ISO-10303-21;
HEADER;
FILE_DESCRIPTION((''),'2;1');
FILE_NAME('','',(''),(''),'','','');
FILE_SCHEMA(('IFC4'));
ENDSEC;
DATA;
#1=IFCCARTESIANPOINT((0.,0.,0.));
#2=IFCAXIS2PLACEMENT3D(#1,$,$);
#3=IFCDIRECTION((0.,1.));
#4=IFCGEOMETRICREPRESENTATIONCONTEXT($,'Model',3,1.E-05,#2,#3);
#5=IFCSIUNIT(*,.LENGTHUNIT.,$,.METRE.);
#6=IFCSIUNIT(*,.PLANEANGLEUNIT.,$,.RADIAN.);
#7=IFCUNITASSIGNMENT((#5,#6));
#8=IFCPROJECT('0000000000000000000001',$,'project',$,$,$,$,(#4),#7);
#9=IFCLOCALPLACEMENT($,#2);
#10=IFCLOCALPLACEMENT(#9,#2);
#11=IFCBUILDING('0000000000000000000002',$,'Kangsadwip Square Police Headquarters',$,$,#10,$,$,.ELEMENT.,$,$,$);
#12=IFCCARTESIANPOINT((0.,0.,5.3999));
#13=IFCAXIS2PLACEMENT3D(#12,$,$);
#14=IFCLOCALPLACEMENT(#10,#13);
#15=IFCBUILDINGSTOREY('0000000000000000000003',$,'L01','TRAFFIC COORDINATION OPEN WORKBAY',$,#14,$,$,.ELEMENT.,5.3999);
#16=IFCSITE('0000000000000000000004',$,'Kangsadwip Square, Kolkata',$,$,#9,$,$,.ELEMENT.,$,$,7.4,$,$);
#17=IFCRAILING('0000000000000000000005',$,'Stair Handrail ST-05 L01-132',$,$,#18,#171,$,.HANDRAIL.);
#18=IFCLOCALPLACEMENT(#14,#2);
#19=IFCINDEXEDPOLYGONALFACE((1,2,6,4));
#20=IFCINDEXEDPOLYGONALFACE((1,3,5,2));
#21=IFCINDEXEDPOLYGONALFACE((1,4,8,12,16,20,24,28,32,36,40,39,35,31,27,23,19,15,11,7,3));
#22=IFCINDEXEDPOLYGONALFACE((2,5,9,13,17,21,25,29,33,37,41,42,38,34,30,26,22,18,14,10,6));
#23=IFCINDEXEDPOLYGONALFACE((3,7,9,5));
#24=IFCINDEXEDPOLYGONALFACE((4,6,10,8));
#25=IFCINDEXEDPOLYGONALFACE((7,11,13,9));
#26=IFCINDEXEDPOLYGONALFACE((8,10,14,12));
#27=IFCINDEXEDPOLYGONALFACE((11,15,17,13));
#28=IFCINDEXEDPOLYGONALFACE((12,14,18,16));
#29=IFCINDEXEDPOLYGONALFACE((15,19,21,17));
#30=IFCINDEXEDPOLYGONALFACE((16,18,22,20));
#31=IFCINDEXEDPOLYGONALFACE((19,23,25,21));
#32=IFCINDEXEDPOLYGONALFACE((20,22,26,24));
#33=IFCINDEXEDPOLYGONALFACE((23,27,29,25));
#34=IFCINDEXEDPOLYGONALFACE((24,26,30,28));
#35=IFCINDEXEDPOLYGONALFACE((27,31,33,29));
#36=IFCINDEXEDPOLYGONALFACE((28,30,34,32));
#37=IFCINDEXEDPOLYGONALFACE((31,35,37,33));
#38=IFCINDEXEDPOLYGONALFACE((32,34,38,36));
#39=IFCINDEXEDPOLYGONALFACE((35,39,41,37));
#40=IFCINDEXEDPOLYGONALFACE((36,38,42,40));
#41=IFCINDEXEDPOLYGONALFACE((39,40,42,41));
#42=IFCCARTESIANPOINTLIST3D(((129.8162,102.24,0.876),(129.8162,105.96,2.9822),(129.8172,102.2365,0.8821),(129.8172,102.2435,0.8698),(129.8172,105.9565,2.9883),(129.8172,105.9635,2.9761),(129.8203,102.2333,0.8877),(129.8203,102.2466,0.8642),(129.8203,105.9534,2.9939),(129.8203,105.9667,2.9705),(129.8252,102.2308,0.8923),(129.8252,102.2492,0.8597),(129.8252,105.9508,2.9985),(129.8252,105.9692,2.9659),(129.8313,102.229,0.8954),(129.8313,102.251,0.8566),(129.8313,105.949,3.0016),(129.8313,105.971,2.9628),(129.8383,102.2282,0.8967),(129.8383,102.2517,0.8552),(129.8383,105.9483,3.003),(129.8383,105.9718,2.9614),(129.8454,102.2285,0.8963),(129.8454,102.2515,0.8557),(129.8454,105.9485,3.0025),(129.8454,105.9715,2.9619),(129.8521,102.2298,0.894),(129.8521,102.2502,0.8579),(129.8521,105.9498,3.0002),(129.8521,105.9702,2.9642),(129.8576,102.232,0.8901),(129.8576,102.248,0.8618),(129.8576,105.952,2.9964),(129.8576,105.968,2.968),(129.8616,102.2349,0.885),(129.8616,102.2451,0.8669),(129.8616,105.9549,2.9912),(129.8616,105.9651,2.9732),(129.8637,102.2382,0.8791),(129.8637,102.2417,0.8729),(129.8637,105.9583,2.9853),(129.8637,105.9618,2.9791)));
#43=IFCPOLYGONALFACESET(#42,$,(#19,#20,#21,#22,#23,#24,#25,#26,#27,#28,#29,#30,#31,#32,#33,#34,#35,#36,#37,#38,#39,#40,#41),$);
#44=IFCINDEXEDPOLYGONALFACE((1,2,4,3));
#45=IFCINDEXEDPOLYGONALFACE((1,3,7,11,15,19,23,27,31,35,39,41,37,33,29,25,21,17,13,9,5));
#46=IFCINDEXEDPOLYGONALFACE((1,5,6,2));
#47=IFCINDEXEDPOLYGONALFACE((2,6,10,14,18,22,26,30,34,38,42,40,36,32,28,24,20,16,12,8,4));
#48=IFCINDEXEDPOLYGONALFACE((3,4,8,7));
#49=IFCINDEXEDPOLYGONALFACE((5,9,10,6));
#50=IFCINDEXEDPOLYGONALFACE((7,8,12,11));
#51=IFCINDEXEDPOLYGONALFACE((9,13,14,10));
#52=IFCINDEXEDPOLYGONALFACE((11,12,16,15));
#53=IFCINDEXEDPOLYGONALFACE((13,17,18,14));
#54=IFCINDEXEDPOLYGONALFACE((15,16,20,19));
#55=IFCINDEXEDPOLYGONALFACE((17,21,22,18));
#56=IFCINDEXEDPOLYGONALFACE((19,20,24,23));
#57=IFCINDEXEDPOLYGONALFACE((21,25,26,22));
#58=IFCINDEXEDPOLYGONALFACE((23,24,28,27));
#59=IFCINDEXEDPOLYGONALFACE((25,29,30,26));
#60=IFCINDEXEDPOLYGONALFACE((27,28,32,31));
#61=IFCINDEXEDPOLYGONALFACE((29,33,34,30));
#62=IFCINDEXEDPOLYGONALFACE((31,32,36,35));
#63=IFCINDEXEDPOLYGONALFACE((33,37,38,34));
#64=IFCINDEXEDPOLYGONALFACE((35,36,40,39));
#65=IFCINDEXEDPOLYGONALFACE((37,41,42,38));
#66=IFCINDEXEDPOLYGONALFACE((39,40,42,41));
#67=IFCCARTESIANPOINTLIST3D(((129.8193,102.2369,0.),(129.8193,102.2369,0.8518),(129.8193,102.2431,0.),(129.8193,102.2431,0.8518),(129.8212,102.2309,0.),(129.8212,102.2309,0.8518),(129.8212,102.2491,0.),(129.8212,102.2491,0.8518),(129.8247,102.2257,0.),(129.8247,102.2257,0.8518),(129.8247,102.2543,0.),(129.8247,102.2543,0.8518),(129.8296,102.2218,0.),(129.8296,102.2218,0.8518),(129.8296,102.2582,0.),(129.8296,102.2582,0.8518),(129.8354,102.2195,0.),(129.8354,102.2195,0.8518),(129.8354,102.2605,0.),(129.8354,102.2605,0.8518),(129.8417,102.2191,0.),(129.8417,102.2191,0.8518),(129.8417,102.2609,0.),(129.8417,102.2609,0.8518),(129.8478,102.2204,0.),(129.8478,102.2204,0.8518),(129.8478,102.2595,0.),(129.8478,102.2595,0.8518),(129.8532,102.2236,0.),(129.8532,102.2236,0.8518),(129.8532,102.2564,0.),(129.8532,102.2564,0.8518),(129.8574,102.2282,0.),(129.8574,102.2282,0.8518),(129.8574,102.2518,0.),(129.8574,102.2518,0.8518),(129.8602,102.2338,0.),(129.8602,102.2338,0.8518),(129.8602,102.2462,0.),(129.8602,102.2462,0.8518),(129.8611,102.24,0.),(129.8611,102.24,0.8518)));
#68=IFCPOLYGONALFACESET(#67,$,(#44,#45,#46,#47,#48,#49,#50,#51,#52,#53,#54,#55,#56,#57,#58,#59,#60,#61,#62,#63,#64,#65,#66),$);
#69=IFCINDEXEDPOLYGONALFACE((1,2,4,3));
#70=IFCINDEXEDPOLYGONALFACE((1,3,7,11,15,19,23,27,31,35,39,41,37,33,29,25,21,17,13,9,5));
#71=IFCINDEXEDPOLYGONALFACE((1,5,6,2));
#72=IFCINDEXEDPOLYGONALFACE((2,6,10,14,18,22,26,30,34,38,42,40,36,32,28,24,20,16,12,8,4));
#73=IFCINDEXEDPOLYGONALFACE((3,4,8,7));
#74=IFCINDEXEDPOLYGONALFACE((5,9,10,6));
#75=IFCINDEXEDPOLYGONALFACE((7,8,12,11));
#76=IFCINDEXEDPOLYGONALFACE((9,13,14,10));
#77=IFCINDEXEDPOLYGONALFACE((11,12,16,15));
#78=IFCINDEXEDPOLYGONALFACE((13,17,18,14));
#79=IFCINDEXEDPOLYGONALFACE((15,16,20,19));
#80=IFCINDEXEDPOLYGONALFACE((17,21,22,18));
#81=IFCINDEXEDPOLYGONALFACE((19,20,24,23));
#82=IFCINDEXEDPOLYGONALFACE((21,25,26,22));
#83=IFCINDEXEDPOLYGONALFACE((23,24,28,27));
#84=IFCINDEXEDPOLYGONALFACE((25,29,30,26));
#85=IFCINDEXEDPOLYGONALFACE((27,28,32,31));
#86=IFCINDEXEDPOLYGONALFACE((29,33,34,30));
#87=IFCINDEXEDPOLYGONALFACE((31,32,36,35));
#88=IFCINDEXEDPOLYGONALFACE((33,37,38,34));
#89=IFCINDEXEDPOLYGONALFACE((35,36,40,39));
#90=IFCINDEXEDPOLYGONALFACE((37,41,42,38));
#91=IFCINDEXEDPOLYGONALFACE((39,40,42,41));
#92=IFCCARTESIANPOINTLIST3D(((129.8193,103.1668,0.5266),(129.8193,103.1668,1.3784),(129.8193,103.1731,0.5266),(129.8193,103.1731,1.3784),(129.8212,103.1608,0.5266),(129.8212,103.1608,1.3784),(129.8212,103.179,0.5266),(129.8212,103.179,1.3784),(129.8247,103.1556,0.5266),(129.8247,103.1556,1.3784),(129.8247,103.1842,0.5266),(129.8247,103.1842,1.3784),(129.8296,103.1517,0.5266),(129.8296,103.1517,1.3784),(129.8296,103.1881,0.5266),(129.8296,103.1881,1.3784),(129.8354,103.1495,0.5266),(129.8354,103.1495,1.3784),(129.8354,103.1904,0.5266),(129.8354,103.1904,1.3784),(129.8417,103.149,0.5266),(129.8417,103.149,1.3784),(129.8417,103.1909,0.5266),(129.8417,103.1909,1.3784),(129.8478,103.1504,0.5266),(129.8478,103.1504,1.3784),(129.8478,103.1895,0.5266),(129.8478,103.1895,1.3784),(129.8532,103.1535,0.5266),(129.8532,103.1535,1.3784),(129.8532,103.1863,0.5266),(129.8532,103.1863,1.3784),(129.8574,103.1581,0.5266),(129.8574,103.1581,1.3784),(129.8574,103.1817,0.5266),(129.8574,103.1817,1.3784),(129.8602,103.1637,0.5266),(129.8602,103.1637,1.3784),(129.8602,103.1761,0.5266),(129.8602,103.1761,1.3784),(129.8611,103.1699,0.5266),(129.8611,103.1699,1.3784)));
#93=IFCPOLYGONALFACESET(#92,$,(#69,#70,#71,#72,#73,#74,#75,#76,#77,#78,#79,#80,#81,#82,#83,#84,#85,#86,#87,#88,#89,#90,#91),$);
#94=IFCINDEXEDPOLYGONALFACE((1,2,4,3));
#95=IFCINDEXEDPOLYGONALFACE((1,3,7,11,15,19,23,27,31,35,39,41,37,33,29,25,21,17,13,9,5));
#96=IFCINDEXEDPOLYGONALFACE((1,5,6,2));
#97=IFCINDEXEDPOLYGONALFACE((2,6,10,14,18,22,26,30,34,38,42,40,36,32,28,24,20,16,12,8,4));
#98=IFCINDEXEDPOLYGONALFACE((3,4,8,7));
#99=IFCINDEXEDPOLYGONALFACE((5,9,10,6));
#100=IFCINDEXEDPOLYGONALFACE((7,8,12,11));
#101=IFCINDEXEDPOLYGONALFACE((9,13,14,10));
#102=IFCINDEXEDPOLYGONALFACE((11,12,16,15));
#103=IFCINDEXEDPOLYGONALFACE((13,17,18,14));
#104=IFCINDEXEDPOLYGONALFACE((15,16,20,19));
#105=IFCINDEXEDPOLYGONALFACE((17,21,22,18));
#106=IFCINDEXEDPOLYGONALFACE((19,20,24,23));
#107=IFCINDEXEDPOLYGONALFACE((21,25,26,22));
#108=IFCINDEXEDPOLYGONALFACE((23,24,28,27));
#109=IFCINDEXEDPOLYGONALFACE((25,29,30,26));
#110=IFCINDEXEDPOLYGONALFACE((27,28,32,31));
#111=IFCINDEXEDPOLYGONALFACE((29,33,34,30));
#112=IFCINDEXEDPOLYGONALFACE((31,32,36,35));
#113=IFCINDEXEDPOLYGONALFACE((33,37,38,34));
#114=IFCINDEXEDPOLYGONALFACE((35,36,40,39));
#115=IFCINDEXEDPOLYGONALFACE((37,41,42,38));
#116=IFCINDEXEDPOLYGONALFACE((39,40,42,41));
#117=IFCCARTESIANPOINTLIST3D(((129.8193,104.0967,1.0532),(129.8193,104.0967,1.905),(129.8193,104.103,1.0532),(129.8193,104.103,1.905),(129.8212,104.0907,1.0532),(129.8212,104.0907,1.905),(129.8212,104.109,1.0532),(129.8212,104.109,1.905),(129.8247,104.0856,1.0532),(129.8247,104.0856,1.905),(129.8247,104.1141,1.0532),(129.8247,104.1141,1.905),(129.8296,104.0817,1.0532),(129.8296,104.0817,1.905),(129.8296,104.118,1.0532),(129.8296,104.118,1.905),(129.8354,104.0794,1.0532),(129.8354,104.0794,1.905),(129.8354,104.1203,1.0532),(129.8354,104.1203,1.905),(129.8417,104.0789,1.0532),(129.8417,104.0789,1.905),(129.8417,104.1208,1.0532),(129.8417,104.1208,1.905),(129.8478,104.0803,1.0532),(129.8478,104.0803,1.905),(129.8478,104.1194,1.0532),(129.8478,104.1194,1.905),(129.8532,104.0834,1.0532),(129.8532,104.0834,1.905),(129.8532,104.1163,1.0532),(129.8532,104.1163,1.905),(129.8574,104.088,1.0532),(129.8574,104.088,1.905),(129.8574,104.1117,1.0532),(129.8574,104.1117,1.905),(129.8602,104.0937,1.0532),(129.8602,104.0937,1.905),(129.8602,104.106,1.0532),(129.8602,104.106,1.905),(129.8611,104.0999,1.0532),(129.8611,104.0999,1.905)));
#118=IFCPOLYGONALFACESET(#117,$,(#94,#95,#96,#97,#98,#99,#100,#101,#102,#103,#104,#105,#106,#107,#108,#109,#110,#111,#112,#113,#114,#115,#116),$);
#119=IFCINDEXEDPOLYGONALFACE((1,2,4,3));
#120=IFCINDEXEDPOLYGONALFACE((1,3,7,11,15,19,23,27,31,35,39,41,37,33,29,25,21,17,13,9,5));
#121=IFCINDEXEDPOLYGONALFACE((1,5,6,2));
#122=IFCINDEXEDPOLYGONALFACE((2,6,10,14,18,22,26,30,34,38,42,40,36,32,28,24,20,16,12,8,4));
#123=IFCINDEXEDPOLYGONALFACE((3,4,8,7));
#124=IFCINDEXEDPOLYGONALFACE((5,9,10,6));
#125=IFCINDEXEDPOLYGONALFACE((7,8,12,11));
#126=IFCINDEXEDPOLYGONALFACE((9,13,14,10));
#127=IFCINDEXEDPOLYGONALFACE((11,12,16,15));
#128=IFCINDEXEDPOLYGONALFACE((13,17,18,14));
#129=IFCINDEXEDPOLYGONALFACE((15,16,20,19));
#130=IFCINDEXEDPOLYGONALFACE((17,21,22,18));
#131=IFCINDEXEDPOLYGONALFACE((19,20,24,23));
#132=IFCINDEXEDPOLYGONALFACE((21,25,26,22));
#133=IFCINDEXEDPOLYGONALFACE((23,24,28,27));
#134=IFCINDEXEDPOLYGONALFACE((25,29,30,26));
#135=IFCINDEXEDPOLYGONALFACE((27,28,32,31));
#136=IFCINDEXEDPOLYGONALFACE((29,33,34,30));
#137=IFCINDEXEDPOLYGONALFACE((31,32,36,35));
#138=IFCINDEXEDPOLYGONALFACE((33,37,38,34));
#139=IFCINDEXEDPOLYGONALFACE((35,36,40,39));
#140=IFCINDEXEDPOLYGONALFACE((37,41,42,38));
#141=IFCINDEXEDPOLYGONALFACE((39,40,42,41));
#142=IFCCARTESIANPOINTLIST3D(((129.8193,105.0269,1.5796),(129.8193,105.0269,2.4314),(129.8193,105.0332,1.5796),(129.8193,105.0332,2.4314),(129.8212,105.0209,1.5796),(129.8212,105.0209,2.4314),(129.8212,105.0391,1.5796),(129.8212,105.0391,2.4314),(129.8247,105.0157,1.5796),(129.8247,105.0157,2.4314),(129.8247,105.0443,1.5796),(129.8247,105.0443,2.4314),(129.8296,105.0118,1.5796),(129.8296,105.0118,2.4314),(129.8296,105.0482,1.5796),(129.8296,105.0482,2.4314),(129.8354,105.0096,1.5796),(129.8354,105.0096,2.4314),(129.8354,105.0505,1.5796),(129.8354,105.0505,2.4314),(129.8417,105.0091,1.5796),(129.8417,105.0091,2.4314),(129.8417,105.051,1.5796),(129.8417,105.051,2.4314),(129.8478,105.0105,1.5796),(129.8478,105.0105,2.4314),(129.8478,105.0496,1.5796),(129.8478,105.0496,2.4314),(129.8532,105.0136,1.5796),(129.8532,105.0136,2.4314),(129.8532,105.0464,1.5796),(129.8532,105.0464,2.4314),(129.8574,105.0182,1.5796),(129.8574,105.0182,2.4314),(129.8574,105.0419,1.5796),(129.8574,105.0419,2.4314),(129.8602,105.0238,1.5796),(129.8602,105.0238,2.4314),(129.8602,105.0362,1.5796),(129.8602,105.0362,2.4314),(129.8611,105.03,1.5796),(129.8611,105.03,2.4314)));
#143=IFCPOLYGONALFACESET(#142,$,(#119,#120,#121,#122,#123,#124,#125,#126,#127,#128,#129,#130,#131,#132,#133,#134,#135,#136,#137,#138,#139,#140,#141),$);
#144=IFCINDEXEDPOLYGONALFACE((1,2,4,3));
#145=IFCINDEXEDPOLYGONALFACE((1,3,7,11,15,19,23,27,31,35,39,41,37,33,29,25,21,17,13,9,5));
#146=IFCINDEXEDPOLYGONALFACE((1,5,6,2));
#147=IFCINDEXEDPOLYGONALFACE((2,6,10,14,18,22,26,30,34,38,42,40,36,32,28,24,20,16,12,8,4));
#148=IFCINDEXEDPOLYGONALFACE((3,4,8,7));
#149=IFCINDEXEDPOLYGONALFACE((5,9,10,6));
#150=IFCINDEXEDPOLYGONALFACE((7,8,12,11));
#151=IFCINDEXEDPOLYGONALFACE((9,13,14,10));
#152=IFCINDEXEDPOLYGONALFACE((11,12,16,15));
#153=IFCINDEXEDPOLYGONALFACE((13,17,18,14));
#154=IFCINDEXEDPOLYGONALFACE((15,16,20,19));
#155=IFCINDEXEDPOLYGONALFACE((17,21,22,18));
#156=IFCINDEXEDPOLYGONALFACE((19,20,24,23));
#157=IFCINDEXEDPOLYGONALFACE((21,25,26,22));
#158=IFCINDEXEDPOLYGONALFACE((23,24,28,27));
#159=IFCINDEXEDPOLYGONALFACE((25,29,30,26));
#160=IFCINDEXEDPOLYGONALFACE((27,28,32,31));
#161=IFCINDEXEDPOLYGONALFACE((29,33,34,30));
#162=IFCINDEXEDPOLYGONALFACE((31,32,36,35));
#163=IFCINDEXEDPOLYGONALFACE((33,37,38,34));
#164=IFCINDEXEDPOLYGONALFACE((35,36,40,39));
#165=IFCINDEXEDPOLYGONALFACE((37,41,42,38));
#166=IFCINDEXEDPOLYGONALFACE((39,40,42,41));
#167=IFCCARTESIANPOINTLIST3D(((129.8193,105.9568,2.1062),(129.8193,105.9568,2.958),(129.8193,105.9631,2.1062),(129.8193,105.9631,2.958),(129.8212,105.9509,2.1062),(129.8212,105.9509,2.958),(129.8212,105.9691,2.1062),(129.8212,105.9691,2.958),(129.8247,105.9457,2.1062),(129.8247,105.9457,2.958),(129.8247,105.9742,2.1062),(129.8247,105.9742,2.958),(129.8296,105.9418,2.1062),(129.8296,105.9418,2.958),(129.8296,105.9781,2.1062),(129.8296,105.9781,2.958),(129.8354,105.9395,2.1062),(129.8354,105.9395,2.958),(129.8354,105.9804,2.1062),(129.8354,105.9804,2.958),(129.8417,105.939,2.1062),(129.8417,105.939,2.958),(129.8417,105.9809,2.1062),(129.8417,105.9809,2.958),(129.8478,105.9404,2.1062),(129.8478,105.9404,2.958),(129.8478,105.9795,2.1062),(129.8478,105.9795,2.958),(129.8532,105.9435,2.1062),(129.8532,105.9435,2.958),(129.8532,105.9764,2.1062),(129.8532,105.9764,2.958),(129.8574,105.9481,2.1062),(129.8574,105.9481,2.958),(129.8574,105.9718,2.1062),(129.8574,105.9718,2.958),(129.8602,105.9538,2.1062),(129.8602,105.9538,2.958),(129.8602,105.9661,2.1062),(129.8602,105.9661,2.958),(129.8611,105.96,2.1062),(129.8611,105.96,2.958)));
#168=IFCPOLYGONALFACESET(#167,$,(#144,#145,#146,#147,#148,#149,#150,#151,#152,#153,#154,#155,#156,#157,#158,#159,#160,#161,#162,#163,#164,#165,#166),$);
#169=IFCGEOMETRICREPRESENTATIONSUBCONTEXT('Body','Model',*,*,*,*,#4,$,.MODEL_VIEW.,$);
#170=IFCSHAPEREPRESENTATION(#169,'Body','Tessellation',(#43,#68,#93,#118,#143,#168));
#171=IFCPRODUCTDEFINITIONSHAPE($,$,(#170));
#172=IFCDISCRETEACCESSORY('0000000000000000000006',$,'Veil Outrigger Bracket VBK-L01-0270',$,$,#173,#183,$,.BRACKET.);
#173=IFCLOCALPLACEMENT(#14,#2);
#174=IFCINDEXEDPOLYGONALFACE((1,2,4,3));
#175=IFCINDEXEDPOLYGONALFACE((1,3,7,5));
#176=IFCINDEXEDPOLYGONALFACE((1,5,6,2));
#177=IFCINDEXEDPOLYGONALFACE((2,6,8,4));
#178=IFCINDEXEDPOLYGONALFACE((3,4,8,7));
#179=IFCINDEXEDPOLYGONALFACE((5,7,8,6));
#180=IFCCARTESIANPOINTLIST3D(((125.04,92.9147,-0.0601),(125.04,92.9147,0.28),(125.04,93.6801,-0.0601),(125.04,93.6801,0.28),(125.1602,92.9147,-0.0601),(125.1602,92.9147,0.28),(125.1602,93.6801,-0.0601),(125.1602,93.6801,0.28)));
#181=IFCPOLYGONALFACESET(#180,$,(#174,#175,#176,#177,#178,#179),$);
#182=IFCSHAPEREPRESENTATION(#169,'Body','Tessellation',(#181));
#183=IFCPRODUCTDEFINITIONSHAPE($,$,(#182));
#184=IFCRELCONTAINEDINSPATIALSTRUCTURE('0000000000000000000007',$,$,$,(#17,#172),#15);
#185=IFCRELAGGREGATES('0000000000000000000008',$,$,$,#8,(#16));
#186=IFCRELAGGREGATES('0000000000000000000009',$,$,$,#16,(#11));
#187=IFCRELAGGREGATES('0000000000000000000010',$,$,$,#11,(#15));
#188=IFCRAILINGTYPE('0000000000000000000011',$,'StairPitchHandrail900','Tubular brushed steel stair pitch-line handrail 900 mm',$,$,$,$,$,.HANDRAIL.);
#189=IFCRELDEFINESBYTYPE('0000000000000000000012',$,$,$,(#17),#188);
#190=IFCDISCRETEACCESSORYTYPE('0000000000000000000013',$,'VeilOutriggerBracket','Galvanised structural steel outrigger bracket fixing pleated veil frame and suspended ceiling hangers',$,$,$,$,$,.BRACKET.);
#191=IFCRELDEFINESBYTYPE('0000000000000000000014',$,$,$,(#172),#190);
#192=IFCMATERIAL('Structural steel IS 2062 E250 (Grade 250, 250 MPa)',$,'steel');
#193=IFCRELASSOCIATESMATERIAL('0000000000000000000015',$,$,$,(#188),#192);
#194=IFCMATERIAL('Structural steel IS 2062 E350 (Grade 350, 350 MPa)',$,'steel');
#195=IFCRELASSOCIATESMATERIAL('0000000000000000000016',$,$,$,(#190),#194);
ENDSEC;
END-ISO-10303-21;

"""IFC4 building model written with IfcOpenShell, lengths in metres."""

from ifc_helpers import new_model, si_unit, direction, frame, origin, origin_2d, place, context, subcontext, project, spatial, rectangle, circle, extrude, material, type_object, element, save


model = new_model("IFC4")

# Units and contexts
model_context = context("Model", 3, precision=1e-05, world=origin(), true_north=direction((0.0, 1.0)))
body_context = subcontext(model_context, "Body", "Model", "MODEL_VIEW")
ifc_project = project(units=[si_unit("LENGTHUNIT", "METRE"), si_unit("PLANEANGLEUNIT", "RADIAN")], contexts=[model_context])

# Site, building, storey
site_placement = place(None, origin())
site = spatial("IfcSite", under=ifc_project, at=site_placement, Name="Kangsadwip Square, Kolkata", CompositionType="ELEMENT", RefElevation=7.4)
building_placement = place(site_placement, origin())
building = spatial("IfcBuilding", under=site, at=building_placement, Name="Kangsadwip Square Police Headquarters", CompositionType="ELEMENT")
storey_placement = place(building_placement, frame((0.0, 0.0, 5.3999)))
storey = spatial("IfcBuildingStorey", under=building, at=storey_placement, Name="L01", Description="TRAFFIC COORDINATION OPEN WORKBAY", CompositionType="ELEMENT", Elevation=5.3999)

# Railing
ifc_material_1 = material(Name="Structural steel IS 2062 E250 (Grade 250, 250 MPa)", Category="steel")
railing_type = type_object("IfcRailingType", Name="StairPitchHandrail900", Description="Tubular brushed steel stair pitch-line handrail 900 mm", PredefinedType="HANDRAIL", material=ifc_material_1)
railing_placement = place(storey_placement, frame((129.8401, 102.24, 0.0)))
element("IfcRailing", 1, at=railing_placement, inside=storey, type_object=railing_type, Name="Stair Handrail ST-05 L01-132", PredefinedType="HANDRAIL", context=body_context, shape_type="SweptSolid", body=[
    extrude(circle(Radius=0.0239, at=origin_2d()), frame((0.0, 0.0, 0.876), z_axis=(0.0, 0.870201, 0.492697), x_axis=(-1.0, 0.0, 0.0)), (0.0, 0.0, 1.0), 4.2749),
    extrude(circle(Radius=0.021, at=origin_2d()), origin(), (0.0, 0.0, 1.0), 0.8518),
    extrude(circle(Radius=0.021, at=origin_2d()), frame((0.0, 0.9299, 0.5266)), (0.0, 0.0, 1.0), 0.8518),
    extrude(circle(Radius=0.021, at=origin_2d()), frame((0.0, 1.8599, 1.0532)), (0.0, 0.0, 1.0), 0.8518),
    extrude(circle(Radius=0.021, at=origin_2d()), frame((0.0, 2.79, 1.5796)), (0.0, 0.0, 1.0), 0.8518),
    extrude(circle(Radius=0.021, at=origin_2d()), frame((0.0, 3.72, 2.1062)), (0.0, 0.0, 1.0), 0.8518),
])

# Discrete accessory
ifc_material_2 = material(Name="Structural steel IS 2062 E350 (Grade 350, 350 MPa)", Category="steel")
discrete_accessory_type = type_object("IfcDiscreteAccessoryType", Name="VeilOutriggerBracket", Description="Galvanised structural steel outrigger bracket fixing pleated veil frame and suspended ceiling hangers", PredefinedType="BRACKET", material=ifc_material_2)
discrete_accessory_placement = place(storey_placement, frame((125.1001, 93.2974, -0.0601), z_axis=(0.0, 0.0, 1.0), x_axis=(1.0, 0.0, 0.0)))
element("IfcDiscreteAccessory", 2, at=discrete_accessory_placement, inside=storey, type_object=discrete_accessory_type, Name="Veil Outrigger Bracket VBK-L01-0270", PredefinedType="BRACKET", context=body_context, shape_type="SweptSolid", body=[
    extrude(rectangle(XDim=0.1201, YDim=0.7654, at=origin_2d()), origin(), (0.0, 0.0, 1.0), 0.3401),
])

save(model, "model.ifc")
